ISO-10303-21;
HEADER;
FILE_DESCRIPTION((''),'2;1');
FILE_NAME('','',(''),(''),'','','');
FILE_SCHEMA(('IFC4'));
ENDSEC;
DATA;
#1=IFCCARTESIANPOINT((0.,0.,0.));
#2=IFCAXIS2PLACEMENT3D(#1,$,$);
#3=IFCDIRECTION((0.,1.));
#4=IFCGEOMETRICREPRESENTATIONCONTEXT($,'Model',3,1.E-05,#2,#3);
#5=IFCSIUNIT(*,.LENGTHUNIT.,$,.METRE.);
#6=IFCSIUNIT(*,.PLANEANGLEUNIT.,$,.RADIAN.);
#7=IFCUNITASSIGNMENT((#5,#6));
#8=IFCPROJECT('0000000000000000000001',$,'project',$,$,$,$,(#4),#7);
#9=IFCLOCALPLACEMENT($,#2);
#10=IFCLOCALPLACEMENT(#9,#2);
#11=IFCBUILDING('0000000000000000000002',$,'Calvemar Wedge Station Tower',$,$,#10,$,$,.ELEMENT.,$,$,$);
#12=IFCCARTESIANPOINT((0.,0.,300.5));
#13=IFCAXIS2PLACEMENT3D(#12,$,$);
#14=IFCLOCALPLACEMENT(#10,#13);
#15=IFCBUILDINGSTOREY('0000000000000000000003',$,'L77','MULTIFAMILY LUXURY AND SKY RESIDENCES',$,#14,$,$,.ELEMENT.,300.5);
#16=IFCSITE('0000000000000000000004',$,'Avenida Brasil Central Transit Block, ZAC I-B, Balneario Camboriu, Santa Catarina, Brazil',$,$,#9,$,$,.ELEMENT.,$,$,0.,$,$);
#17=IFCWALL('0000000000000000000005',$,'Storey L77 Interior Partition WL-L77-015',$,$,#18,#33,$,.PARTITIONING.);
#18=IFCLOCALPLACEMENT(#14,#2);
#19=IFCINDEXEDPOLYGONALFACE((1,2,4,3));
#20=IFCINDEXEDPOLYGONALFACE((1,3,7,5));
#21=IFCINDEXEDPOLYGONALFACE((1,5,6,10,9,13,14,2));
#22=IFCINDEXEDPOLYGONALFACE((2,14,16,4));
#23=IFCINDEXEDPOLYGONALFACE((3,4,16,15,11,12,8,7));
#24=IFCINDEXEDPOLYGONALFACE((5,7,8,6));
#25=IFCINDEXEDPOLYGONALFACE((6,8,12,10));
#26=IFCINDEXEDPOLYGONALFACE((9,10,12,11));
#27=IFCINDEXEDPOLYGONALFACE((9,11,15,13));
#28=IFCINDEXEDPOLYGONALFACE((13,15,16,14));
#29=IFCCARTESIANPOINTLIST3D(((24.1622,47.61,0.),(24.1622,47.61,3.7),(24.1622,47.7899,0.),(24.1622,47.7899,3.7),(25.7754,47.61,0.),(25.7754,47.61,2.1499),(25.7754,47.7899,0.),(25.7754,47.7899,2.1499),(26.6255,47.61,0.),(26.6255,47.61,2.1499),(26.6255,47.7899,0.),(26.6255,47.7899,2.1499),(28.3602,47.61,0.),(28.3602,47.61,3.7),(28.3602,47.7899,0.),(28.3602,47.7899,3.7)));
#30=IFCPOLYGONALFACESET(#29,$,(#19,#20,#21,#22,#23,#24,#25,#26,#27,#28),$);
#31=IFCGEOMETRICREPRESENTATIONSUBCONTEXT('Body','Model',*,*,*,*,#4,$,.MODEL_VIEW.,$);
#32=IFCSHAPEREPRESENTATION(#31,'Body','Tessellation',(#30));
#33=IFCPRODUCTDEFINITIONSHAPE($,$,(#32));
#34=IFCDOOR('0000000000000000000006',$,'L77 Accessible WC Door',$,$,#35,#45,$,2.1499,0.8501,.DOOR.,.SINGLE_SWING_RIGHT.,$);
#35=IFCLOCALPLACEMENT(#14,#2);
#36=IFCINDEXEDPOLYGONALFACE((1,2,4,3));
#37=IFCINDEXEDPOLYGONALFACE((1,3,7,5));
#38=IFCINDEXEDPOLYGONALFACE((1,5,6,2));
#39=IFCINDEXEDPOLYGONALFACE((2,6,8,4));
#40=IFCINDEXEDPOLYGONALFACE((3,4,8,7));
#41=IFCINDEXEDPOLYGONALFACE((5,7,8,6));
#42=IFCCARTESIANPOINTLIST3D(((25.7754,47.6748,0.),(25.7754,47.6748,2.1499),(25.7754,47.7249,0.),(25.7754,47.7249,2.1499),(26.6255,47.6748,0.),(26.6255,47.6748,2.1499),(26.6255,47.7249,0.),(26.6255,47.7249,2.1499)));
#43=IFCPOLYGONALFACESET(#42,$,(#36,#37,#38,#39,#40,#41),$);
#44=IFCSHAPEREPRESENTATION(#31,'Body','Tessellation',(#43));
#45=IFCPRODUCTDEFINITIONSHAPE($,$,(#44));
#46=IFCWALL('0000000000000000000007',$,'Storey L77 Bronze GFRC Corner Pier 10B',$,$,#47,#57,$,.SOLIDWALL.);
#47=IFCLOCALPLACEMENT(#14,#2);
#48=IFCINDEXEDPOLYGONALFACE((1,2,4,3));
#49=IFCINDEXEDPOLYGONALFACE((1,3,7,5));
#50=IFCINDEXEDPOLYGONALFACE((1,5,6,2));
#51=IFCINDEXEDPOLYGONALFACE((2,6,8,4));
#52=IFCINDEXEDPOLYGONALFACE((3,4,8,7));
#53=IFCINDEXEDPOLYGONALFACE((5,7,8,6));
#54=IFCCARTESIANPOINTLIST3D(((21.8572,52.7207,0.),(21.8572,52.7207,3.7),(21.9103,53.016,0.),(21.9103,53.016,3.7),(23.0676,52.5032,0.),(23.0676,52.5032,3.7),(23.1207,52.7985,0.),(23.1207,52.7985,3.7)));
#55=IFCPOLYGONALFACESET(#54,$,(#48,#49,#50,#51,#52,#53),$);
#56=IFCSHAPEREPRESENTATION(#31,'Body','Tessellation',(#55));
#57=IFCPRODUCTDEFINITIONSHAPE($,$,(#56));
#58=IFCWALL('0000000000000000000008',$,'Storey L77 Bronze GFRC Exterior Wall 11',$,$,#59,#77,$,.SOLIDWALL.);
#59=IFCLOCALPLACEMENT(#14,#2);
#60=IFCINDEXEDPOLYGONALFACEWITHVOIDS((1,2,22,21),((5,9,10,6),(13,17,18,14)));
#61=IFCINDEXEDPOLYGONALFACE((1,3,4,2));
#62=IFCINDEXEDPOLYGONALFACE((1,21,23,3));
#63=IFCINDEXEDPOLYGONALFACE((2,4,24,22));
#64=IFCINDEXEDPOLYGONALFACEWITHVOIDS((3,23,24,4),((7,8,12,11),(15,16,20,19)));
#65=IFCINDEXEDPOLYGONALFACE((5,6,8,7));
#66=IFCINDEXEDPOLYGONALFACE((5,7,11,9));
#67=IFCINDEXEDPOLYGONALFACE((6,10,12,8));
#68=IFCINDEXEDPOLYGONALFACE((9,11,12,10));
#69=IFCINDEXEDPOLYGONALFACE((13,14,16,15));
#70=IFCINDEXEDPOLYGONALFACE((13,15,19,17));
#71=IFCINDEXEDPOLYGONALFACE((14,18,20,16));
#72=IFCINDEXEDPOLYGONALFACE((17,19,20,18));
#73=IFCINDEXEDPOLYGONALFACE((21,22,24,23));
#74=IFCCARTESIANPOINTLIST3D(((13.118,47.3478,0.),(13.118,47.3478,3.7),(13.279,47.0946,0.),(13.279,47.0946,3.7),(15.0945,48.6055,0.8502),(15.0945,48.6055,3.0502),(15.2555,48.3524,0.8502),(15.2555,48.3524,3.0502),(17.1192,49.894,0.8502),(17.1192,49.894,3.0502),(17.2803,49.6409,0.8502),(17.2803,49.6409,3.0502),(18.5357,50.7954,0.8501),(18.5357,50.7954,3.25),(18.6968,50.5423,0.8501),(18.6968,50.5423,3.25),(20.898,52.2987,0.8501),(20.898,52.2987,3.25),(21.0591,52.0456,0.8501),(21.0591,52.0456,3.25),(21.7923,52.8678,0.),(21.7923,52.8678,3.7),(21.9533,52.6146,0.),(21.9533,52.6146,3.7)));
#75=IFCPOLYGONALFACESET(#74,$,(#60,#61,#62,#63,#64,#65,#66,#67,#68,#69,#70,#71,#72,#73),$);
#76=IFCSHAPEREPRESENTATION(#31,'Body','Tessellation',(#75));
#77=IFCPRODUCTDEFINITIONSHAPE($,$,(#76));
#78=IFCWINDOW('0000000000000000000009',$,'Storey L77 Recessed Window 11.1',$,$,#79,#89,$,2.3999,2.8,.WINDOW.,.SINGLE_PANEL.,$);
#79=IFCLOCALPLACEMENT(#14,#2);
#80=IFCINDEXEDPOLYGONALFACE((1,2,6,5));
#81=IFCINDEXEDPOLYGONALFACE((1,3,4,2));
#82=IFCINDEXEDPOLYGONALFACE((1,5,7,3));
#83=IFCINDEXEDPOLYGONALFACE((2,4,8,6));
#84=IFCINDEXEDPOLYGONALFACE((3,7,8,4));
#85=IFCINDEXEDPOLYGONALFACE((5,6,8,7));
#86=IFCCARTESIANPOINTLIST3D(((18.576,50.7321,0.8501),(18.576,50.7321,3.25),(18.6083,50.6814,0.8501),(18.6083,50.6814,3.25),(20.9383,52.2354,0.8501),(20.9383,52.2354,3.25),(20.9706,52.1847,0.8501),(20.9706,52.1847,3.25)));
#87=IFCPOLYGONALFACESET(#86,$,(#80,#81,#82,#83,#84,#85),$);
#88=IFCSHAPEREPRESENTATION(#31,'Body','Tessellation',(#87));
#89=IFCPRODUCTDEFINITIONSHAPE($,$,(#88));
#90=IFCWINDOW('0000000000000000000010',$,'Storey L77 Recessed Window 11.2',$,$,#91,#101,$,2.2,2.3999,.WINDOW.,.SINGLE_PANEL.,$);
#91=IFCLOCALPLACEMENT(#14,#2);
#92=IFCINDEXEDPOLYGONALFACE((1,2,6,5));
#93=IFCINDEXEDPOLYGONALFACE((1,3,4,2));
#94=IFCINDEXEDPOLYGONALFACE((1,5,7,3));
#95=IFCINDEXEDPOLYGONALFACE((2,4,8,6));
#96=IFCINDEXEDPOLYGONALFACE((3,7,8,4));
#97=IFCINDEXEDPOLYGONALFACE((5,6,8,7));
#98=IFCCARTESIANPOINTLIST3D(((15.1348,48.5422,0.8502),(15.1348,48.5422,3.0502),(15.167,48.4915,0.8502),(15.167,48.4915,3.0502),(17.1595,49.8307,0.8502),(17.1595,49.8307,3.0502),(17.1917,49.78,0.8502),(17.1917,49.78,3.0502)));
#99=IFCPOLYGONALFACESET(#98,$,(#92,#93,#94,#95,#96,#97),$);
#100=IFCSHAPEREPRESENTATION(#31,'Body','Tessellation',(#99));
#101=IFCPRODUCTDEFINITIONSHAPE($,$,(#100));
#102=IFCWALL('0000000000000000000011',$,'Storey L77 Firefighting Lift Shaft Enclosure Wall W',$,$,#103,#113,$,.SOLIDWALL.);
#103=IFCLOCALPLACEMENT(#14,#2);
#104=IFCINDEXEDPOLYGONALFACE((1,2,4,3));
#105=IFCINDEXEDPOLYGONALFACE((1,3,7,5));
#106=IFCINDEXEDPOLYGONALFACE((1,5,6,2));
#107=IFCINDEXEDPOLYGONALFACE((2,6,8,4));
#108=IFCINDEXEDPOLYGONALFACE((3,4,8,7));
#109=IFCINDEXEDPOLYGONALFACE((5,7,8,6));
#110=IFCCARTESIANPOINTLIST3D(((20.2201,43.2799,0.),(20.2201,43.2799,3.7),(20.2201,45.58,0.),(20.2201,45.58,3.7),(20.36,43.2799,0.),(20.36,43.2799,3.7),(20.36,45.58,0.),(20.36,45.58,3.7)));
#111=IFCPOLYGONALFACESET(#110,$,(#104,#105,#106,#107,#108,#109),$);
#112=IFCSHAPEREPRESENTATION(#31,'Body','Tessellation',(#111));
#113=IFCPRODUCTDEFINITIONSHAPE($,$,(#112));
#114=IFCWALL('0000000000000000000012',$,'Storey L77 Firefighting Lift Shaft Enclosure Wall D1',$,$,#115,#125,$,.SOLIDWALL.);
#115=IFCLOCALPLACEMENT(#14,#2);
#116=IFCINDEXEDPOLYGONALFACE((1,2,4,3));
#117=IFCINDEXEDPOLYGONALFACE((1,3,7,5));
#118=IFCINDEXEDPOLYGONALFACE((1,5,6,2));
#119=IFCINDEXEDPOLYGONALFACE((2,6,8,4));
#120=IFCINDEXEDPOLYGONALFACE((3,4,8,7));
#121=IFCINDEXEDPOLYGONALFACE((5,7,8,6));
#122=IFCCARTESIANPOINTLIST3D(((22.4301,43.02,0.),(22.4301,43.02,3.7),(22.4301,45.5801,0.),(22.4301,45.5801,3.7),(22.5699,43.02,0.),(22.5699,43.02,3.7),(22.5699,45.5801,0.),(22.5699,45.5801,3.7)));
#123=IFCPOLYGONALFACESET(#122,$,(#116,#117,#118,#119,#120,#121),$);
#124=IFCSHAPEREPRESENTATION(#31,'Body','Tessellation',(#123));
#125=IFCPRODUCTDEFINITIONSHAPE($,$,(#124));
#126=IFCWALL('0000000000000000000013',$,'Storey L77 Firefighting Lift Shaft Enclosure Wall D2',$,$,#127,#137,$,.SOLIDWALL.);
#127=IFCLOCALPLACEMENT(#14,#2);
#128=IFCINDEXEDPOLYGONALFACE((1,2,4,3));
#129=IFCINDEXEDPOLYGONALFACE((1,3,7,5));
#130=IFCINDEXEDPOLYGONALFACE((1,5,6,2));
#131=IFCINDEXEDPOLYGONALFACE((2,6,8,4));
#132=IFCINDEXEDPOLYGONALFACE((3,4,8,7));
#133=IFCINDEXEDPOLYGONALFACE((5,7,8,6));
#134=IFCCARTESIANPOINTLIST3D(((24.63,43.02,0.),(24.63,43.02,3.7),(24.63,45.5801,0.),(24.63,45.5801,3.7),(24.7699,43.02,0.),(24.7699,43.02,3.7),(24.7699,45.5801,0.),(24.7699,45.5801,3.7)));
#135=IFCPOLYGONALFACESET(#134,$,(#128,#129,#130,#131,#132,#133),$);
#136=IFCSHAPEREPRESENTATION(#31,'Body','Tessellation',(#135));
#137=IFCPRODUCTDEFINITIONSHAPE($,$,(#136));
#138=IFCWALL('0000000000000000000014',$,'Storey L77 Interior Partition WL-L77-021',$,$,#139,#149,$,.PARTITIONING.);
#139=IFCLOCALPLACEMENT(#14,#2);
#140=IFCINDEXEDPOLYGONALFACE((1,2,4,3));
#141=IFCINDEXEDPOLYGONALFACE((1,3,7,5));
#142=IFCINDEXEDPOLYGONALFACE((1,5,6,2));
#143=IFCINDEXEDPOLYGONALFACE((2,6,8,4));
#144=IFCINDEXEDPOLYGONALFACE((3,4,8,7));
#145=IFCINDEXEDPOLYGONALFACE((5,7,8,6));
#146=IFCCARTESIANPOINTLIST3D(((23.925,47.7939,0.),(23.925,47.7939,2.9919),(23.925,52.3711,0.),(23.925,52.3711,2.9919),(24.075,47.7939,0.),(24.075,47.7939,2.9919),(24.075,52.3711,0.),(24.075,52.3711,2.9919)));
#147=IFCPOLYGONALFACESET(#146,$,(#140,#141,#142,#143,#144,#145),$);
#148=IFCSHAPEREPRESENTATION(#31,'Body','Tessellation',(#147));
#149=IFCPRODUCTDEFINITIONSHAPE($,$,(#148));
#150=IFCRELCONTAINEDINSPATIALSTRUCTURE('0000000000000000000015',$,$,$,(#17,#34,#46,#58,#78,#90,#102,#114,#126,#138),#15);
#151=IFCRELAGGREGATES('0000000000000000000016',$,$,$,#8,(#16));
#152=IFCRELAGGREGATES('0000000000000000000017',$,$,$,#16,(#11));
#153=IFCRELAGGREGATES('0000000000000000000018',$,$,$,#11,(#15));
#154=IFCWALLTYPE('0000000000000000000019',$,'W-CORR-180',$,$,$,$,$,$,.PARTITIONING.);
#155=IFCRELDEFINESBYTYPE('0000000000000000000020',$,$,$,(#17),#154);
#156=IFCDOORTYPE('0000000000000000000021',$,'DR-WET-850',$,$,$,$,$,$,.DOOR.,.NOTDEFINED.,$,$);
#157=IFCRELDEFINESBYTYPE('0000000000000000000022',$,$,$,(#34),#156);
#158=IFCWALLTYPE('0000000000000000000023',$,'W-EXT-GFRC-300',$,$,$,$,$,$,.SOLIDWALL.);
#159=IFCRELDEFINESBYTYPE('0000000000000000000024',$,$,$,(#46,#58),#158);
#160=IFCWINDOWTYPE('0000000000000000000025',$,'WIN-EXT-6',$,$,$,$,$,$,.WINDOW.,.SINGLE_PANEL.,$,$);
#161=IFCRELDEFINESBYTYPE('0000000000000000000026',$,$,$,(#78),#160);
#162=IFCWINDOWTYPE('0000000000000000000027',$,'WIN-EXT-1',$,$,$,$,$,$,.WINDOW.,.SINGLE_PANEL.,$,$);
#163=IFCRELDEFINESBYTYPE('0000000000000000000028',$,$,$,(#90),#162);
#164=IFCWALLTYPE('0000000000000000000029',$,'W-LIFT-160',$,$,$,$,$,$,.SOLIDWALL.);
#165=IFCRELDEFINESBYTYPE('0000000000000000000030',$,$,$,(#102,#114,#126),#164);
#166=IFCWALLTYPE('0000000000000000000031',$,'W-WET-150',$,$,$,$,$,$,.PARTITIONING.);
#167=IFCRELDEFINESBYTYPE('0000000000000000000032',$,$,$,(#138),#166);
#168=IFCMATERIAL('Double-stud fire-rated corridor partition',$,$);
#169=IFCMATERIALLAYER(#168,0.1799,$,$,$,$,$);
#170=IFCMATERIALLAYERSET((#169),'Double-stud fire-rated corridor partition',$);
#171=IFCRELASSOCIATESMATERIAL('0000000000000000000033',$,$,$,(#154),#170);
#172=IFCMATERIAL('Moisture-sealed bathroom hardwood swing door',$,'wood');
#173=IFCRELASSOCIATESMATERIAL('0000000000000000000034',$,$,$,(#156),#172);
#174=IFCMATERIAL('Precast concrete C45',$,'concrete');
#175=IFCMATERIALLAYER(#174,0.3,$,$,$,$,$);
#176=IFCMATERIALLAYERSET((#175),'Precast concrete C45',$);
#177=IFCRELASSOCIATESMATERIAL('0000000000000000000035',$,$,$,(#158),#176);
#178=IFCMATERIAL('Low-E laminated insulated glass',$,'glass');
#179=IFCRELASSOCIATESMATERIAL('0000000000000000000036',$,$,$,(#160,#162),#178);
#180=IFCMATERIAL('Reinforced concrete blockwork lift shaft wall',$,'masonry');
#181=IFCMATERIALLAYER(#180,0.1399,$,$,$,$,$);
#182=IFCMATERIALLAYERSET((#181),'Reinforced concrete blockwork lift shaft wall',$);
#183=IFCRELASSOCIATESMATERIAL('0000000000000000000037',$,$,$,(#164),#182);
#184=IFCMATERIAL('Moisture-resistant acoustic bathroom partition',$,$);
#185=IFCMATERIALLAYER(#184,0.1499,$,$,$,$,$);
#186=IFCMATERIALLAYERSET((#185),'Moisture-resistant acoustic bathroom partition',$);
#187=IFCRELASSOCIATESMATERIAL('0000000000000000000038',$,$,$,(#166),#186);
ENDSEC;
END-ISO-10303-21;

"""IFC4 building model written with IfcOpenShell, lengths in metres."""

from ifc_helpers import new_model, si_unit, direction, frame, frame_2d, origin, place, context, subcontext, project, spatial, rectangle, extrude, source, transform, mapped, material, layer, layer_set, type_object, element, fill, save


model = new_model("IFC4")

# Units and contexts
model_context = context("Model", 3, precision=1e-05, world=origin(), true_north=direction((0.0, 1.0)))
body_context = subcontext(model_context, "Body", "Model", "MODEL_VIEW")
ifc_project = project(units=[si_unit("LENGTHUNIT", "METRE"), si_unit("PLANEANGLEUNIT", "RADIAN")], contexts=[model_context])

# Site, building, storey
site_placement = place(None, origin())
site = spatial("IfcSite", under=ifc_project, at=site_placement, Name="Avenida Brasil Central Transit Block, ZAC I-B, Balneario Camboriu, Santa Catarina, Brazil", CompositionType="ELEMENT", RefElevation=0.0)
building_placement = place(site_placement, origin())
building = spatial("IfcBuilding", under=site, at=building_placement, Name="Calvemar Wedge Station Tower", CompositionType="ELEMENT")
storey_placement = place(building_placement, frame((0.0, 0.0, 300.5)))
storey = spatial("IfcBuildingStorey", under=building, at=storey_placement, Name="L77", Description="MULTIFAMILY LUXURY AND SKY RESIDENCES", CompositionType="ELEMENT", Elevation=300.5)

# Shared definitions
ifc_material_1 = material(Name="Low-E laminated insulated glass", Category="glass")

# Shared definitions
ifc_material_2 = material(Name="Double-stud fire-rated corridor partition")
ifc_layer_1 = layer(ifc_material_2, 0.1799)
ifc_layer_set_1 = layer_set([ifc_layer_1], Name="Double-stud fire-rated corridor partition")
wall_type_1 = type_object("IfcWallType", Name="W-CORR-180", PredefinedType="PARTITIONING", material=ifc_layer_set_1)

# Wall, opening, door
shared_shape_1 = source(origin(), body_context, "Body", "SweptSolid", [
    extrude(rectangle(XDim=0.8501, YDim=2.1499, at=frame_2d((0.425, 1.075))), frame((0.0, 0.1001, 0.0), z_axis=(0.0, -1.0, 0.0), x_axis=(1.0, 0.0, 0.0)), (0.0, 0.0, 1.0), 0.2),
])
wall_1_placement = place(storey_placement, frame((24.1621, 47.7, 0.0), z_axis=(0.0, 0.0, 1.0), x_axis=(1.0, 0.0, 0.0)))
wall_1 = element("IfcWall", 1, at=wall_1_placement, inside=storey, type_object=wall_type_1, Name="Storey L77 Interior Partition WL-L77-015", PredefinedType="PARTITIONING", context=body_context, shape_type="SweptSolid", body=[
    extrude(rectangle(XDim=4.198, YDim=0.1799, at=frame_2d((2.0991, 0.0))), origin(), (0.0, 0.0, 1.0), 3.7),
])
opening_1_placement = place(wall_1_placement, frame((1.6133, 0.0, 0.0)))
opening_1 = element("IfcOpeningElement", 2, at=opening_1_placement, cuts=wall_1, PredefinedType="OPENING", context=body_context, shape_type="MappedRepresentation", body=[
    mapped(shared_shape_1, transform((0.0, 0.0, 0.0), scale=1.0)),
])
ifc_material_3 = material(Name="Moisture-sealed bathroom hardwood swing door", Category="wood")
door_type_1 = type_object("IfcDoorType", Name="DR-WET-850", OperationType="NOTDEFINED", PredefinedType="DOOR", material=ifc_material_3)
shared_shape_2 = source(origin(), body_context, "Body", "SweptSolid", [
    extrude(rectangle(XDim=0.8501, YDim=2.1499, at=frame_2d((0.425, 1.075))), frame((0.0, 0.0249, 0.0), z_axis=(0.0, -1.0, 0.0), x_axis=(1.0, 0.0, 0.0)), (0.0, 0.0, 1.0), 0.05),
])
door_1_placement = place(opening_1_placement, origin())
door_1 = element("IfcDoor", 3, at=door_1_placement, inside=storey, type_object=door_type_1, Name="L77 Accessible WC Door", OperationType="SINGLE_SWING_RIGHT", OverallHeight=2.1499, OverallWidth=0.8501, PredefinedType="DOOR", context=body_context, shape_type="MappedRepresentation", body=[
    mapped(shared_shape_2, transform((0.0, 0.0, 0.0), scale=1.0)),
])
fill(opening_1, door_1)

# Wall
ifc_material_4 = material(Name="Precast concrete C45", Category="concrete")
ifc_layer_2 = layer(ifc_material_4, 0.3)
ifc_layer_set_2 = layer_set([ifc_layer_2], Name="Precast concrete C45")
wall_type_2 = type_object("IfcWallType", Name="W-EXT-GFRC-300", PredefinedType="SOLIDWALL", material=ifc_layer_set_2)
wall_2_placement = place(storey_placement, frame((23.094, 52.6509, 0.0), z_axis=(0.0, 0.0, 1.0), x_axis=(-0.984233, 0.176876, 0.0)))
element("IfcWall", 4, at=wall_2_placement, inside=storey, type_object=wall_type_2, Name="Storey L77 Bronze GFRC Corner Pier 10B", PredefinedType="SOLIDWALL", context=body_context, shape_type="SweptSolid", body=[
    extrude(rectangle(XDim=1.2297, YDim=0.3, at=frame_2d((0.6147, 0.0))), origin(), (0.0, 0.0, 1.0), 3.7),
])

# Wall, openings, windows
wall_3_placement = place(storey_placement, frame((21.8728, 52.7412, 0.0), z_axis=(0.0, 0.0, 1.0), x_axis=(-0.843661, -0.536875, 0.0)))
wall_3 = element("IfcWall", 5, at=wall_3_placement, inside=storey, type_object=wall_type_2, Name="Storey L77 Bronze GFRC Exterior Wall 11", PredefinedType="SOLIDWALL", context=body_context, shape_type="SweptSolid", body=[
    extrude(rectangle(XDim=10.2817, YDim=0.3, at=frame_2d((5.1409, 0.0))), origin(), (0.0, 0.0, 1.0), 3.7),
])
shared_shape_3 = source(origin(), body_context, "Body", "SweptSolid", [
    extrude(rectangle(XDim=2.8, YDim=2.3999, at=frame_2d((1.3999, 1.2))), frame((0.0, 0.1602, 0.0), z_axis=(0.0, -1.0, 0.0), x_axis=(1.0, 0.0, 0.0)), (0.0, 0.0, 1.0), 0.3201),
])
opening_2_placement = place(wall_3_placement, frame((1.0601, 0.0, 0.8501)))
opening_2 = element("IfcOpeningElement", 6, at=opening_2_placement, cuts=wall_3, PredefinedType="OPENING", context=body_context, shape_type="MappedRepresentation", body=[
    mapped(shared_shape_3, transform((0.0, 0.0, 0.0), scale=1.0)),
])
shared_shape_4 = source(origin(), body_context, "Body", "SweptSolid", [
    extrude(rectangle(XDim=2.3999, YDim=2.2, at=frame_2d((1.2, 1.1001))), frame((0.0, 0.1602, 0.0), z_axis=(0.0, -1.0, 0.0), x_axis=(1.0, 0.0, 0.0)), (0.0, 0.0, 1.0), 0.3201),
])
opening_3_placement = place(wall_3_placement, frame((5.5391, 0.0, 0.8501)))
opening_3 = element("IfcOpeningElement", 7, at=opening_3_placement, cuts=wall_3, PredefinedType="OPENING", context=body_context, shape_type="MappedRepresentation", body=[
    mapped(shared_shape_4, transform((0.0, 0.0, 0.0), scale=1.0)),
])
window_type_1 = type_object("IfcWindowType", Name="WIN-EXT-6", PartitioningType="SINGLE_PANEL", PredefinedType="WINDOW", material=ifc_material_1)
shared_shape_5 = source(origin(), body_context, "Body", "SweptSolid", [
    extrude(rectangle(XDim=2.8, YDim=2.3999, at=frame_2d((1.3999, 1.2))), frame((0.0, -0.0149, 0.0), z_axis=(0.0, -1.0, 0.0), x_axis=(1.0, 0.0, 0.0)), (0.0, 0.0, 1.0), 0.0601),
])
window_1_placement = place(opening_2_placement, origin())
window_1 = element("IfcWindow", 8, at=window_1_placement, inside=storey, type_object=window_type_1, Name="Storey L77 Recessed Window 11.1", OverallHeight=2.3999, OverallWidth=2.8, PartitioningType="SINGLE_PANEL", PredefinedType="WINDOW", context=body_context, shape_type="MappedRepresentation", body=[
    mapped(shared_shape_5, transform((0.0, 0.0, 0.0), scale=1.0)),
])
fill(opening_2, window_1)
window_type_2 = type_object("IfcWindowType", Name="WIN-EXT-1", PartitioningType="SINGLE_PANEL", PredefinedType="WINDOW", material=ifc_material_1)
shared_shape_6 = source(origin(), body_context, "Body", "SweptSolid", [
    extrude(rectangle(XDim=2.3999, YDim=2.2, at=frame_2d((1.2, 1.1001))), frame((0.0, -0.0149, 0.0), z_axis=(0.0, -1.0, 0.0), x_axis=(1.0, 0.0, 0.0)), (0.0, 0.0, 1.0), 0.0601),
])
window_2_placement = place(opening_3_placement, origin())
window_2 = element("IfcWindow", 9, at=window_2_placement, inside=storey, type_object=window_type_2, Name="Storey L77 Recessed Window 11.2", OverallHeight=2.2, OverallWidth=2.3999, PartitioningType="SINGLE_PANEL", PredefinedType="WINDOW", context=body_context, shape_type="MappedRepresentation", body=[
    mapped(shared_shape_6, transform((0.0, 0.0, 0.0), scale=1.0)),
])
fill(opening_3, window_2)

# Shared definitions
ifc_material_5 = material(Name="Reinforced concrete blockwork lift shaft wall", Category="masonry")
ifc_layer_3 = layer(ifc_material_5, 0.1399)
ifc_layer_set_3 = layer_set([ifc_layer_3], Name="Reinforced concrete blockwork lift shaft wall")
wall_type_3 = type_object("IfcWallType", Name="W-LIFT-160", PredefinedType="SOLIDWALL", material=ifc_layer_set_3)

# Walls
wall_4_placement = place(storey_placement, frame((20.29, 43.28, 0.0), z_axis=(0.0, 0.0, 1.0), x_axis=(0.0, 1.0, 0.0)))
element("IfcWall", 10, at=wall_4_placement, inside=storey, type_object=wall_type_3, Name="Storey L77 Firefighting Lift Shaft Enclosure Wall W", PredefinedType="SOLIDWALL", context=body_context, shape_type="SweptSolid", body=[
    extrude(rectangle(XDim=2.3, YDim=0.1399, at=frame_2d((1.1499, 0.0))), origin(), (0.0, 0.0, 1.0), 3.7),
])
for number, where, z_axis, x_axis, name in (
    (11, (22.5, 43.02, 0.0), (0.0, 0.0, 1.0), (0.0, 1.0, 0.0), "Storey L77 Firefighting Lift Shaft Enclosure Wall D1"),
    (12, (24.7, 43.02, 0.0), (0.0, 0.0, 1.0), (0.0, 1.0, 0.0), "Storey L77 Firefighting Lift Shaft Enclosure Wall D2"),
):
    element("IfcWall", number, at=place(storey_placement, frame(where, z_axis=z_axis, x_axis=x_axis)), inside=storey, type_object=wall_type_3, Name=name, PredefinedType="SOLIDWALL", context=body_context, shape_type="SweptSolid", body=[
        extrude(rectangle(XDim=2.5601, YDim=0.1399, at=frame_2d((1.28, 0.0))), origin(), (0.0, 0.0, 1.0), 3.7),
    ])
ifc_material_6 = material(Name="Moisture-resistant acoustic bathroom partition")
ifc_layer_4 = layer(ifc_material_6, 0.1499)
ifc_layer_set_4 = layer_set([ifc_layer_4], Name="Moisture-resistant acoustic bathroom partition")
wall_type_4 = type_object("IfcWallType", Name="W-WET-150", PredefinedType="PARTITIONING", material=ifc_layer_set_4)
wall_5_placement = place(storey_placement, frame((24.0, 52.3711, 0.0), z_axis=(0.0, 0.0, 1.0), x_axis=(0.0, -1.0, 0.0)))
element("IfcWall", 13, at=wall_5_placement, inside=storey, type_object=wall_type_4, Name="Storey L77 Interior Partition WL-L77-021", PredefinedType="PARTITIONING", context=body_context, shape_type="SweptSolid", body=[
    extrude(rectangle(XDim=4.5771, YDim=0.1499, at=frame_2d((2.2886, 0.0))), origin(), (0.0, 0.0, 1.0), 2.9919),
])

save(model, "model.ifc")
